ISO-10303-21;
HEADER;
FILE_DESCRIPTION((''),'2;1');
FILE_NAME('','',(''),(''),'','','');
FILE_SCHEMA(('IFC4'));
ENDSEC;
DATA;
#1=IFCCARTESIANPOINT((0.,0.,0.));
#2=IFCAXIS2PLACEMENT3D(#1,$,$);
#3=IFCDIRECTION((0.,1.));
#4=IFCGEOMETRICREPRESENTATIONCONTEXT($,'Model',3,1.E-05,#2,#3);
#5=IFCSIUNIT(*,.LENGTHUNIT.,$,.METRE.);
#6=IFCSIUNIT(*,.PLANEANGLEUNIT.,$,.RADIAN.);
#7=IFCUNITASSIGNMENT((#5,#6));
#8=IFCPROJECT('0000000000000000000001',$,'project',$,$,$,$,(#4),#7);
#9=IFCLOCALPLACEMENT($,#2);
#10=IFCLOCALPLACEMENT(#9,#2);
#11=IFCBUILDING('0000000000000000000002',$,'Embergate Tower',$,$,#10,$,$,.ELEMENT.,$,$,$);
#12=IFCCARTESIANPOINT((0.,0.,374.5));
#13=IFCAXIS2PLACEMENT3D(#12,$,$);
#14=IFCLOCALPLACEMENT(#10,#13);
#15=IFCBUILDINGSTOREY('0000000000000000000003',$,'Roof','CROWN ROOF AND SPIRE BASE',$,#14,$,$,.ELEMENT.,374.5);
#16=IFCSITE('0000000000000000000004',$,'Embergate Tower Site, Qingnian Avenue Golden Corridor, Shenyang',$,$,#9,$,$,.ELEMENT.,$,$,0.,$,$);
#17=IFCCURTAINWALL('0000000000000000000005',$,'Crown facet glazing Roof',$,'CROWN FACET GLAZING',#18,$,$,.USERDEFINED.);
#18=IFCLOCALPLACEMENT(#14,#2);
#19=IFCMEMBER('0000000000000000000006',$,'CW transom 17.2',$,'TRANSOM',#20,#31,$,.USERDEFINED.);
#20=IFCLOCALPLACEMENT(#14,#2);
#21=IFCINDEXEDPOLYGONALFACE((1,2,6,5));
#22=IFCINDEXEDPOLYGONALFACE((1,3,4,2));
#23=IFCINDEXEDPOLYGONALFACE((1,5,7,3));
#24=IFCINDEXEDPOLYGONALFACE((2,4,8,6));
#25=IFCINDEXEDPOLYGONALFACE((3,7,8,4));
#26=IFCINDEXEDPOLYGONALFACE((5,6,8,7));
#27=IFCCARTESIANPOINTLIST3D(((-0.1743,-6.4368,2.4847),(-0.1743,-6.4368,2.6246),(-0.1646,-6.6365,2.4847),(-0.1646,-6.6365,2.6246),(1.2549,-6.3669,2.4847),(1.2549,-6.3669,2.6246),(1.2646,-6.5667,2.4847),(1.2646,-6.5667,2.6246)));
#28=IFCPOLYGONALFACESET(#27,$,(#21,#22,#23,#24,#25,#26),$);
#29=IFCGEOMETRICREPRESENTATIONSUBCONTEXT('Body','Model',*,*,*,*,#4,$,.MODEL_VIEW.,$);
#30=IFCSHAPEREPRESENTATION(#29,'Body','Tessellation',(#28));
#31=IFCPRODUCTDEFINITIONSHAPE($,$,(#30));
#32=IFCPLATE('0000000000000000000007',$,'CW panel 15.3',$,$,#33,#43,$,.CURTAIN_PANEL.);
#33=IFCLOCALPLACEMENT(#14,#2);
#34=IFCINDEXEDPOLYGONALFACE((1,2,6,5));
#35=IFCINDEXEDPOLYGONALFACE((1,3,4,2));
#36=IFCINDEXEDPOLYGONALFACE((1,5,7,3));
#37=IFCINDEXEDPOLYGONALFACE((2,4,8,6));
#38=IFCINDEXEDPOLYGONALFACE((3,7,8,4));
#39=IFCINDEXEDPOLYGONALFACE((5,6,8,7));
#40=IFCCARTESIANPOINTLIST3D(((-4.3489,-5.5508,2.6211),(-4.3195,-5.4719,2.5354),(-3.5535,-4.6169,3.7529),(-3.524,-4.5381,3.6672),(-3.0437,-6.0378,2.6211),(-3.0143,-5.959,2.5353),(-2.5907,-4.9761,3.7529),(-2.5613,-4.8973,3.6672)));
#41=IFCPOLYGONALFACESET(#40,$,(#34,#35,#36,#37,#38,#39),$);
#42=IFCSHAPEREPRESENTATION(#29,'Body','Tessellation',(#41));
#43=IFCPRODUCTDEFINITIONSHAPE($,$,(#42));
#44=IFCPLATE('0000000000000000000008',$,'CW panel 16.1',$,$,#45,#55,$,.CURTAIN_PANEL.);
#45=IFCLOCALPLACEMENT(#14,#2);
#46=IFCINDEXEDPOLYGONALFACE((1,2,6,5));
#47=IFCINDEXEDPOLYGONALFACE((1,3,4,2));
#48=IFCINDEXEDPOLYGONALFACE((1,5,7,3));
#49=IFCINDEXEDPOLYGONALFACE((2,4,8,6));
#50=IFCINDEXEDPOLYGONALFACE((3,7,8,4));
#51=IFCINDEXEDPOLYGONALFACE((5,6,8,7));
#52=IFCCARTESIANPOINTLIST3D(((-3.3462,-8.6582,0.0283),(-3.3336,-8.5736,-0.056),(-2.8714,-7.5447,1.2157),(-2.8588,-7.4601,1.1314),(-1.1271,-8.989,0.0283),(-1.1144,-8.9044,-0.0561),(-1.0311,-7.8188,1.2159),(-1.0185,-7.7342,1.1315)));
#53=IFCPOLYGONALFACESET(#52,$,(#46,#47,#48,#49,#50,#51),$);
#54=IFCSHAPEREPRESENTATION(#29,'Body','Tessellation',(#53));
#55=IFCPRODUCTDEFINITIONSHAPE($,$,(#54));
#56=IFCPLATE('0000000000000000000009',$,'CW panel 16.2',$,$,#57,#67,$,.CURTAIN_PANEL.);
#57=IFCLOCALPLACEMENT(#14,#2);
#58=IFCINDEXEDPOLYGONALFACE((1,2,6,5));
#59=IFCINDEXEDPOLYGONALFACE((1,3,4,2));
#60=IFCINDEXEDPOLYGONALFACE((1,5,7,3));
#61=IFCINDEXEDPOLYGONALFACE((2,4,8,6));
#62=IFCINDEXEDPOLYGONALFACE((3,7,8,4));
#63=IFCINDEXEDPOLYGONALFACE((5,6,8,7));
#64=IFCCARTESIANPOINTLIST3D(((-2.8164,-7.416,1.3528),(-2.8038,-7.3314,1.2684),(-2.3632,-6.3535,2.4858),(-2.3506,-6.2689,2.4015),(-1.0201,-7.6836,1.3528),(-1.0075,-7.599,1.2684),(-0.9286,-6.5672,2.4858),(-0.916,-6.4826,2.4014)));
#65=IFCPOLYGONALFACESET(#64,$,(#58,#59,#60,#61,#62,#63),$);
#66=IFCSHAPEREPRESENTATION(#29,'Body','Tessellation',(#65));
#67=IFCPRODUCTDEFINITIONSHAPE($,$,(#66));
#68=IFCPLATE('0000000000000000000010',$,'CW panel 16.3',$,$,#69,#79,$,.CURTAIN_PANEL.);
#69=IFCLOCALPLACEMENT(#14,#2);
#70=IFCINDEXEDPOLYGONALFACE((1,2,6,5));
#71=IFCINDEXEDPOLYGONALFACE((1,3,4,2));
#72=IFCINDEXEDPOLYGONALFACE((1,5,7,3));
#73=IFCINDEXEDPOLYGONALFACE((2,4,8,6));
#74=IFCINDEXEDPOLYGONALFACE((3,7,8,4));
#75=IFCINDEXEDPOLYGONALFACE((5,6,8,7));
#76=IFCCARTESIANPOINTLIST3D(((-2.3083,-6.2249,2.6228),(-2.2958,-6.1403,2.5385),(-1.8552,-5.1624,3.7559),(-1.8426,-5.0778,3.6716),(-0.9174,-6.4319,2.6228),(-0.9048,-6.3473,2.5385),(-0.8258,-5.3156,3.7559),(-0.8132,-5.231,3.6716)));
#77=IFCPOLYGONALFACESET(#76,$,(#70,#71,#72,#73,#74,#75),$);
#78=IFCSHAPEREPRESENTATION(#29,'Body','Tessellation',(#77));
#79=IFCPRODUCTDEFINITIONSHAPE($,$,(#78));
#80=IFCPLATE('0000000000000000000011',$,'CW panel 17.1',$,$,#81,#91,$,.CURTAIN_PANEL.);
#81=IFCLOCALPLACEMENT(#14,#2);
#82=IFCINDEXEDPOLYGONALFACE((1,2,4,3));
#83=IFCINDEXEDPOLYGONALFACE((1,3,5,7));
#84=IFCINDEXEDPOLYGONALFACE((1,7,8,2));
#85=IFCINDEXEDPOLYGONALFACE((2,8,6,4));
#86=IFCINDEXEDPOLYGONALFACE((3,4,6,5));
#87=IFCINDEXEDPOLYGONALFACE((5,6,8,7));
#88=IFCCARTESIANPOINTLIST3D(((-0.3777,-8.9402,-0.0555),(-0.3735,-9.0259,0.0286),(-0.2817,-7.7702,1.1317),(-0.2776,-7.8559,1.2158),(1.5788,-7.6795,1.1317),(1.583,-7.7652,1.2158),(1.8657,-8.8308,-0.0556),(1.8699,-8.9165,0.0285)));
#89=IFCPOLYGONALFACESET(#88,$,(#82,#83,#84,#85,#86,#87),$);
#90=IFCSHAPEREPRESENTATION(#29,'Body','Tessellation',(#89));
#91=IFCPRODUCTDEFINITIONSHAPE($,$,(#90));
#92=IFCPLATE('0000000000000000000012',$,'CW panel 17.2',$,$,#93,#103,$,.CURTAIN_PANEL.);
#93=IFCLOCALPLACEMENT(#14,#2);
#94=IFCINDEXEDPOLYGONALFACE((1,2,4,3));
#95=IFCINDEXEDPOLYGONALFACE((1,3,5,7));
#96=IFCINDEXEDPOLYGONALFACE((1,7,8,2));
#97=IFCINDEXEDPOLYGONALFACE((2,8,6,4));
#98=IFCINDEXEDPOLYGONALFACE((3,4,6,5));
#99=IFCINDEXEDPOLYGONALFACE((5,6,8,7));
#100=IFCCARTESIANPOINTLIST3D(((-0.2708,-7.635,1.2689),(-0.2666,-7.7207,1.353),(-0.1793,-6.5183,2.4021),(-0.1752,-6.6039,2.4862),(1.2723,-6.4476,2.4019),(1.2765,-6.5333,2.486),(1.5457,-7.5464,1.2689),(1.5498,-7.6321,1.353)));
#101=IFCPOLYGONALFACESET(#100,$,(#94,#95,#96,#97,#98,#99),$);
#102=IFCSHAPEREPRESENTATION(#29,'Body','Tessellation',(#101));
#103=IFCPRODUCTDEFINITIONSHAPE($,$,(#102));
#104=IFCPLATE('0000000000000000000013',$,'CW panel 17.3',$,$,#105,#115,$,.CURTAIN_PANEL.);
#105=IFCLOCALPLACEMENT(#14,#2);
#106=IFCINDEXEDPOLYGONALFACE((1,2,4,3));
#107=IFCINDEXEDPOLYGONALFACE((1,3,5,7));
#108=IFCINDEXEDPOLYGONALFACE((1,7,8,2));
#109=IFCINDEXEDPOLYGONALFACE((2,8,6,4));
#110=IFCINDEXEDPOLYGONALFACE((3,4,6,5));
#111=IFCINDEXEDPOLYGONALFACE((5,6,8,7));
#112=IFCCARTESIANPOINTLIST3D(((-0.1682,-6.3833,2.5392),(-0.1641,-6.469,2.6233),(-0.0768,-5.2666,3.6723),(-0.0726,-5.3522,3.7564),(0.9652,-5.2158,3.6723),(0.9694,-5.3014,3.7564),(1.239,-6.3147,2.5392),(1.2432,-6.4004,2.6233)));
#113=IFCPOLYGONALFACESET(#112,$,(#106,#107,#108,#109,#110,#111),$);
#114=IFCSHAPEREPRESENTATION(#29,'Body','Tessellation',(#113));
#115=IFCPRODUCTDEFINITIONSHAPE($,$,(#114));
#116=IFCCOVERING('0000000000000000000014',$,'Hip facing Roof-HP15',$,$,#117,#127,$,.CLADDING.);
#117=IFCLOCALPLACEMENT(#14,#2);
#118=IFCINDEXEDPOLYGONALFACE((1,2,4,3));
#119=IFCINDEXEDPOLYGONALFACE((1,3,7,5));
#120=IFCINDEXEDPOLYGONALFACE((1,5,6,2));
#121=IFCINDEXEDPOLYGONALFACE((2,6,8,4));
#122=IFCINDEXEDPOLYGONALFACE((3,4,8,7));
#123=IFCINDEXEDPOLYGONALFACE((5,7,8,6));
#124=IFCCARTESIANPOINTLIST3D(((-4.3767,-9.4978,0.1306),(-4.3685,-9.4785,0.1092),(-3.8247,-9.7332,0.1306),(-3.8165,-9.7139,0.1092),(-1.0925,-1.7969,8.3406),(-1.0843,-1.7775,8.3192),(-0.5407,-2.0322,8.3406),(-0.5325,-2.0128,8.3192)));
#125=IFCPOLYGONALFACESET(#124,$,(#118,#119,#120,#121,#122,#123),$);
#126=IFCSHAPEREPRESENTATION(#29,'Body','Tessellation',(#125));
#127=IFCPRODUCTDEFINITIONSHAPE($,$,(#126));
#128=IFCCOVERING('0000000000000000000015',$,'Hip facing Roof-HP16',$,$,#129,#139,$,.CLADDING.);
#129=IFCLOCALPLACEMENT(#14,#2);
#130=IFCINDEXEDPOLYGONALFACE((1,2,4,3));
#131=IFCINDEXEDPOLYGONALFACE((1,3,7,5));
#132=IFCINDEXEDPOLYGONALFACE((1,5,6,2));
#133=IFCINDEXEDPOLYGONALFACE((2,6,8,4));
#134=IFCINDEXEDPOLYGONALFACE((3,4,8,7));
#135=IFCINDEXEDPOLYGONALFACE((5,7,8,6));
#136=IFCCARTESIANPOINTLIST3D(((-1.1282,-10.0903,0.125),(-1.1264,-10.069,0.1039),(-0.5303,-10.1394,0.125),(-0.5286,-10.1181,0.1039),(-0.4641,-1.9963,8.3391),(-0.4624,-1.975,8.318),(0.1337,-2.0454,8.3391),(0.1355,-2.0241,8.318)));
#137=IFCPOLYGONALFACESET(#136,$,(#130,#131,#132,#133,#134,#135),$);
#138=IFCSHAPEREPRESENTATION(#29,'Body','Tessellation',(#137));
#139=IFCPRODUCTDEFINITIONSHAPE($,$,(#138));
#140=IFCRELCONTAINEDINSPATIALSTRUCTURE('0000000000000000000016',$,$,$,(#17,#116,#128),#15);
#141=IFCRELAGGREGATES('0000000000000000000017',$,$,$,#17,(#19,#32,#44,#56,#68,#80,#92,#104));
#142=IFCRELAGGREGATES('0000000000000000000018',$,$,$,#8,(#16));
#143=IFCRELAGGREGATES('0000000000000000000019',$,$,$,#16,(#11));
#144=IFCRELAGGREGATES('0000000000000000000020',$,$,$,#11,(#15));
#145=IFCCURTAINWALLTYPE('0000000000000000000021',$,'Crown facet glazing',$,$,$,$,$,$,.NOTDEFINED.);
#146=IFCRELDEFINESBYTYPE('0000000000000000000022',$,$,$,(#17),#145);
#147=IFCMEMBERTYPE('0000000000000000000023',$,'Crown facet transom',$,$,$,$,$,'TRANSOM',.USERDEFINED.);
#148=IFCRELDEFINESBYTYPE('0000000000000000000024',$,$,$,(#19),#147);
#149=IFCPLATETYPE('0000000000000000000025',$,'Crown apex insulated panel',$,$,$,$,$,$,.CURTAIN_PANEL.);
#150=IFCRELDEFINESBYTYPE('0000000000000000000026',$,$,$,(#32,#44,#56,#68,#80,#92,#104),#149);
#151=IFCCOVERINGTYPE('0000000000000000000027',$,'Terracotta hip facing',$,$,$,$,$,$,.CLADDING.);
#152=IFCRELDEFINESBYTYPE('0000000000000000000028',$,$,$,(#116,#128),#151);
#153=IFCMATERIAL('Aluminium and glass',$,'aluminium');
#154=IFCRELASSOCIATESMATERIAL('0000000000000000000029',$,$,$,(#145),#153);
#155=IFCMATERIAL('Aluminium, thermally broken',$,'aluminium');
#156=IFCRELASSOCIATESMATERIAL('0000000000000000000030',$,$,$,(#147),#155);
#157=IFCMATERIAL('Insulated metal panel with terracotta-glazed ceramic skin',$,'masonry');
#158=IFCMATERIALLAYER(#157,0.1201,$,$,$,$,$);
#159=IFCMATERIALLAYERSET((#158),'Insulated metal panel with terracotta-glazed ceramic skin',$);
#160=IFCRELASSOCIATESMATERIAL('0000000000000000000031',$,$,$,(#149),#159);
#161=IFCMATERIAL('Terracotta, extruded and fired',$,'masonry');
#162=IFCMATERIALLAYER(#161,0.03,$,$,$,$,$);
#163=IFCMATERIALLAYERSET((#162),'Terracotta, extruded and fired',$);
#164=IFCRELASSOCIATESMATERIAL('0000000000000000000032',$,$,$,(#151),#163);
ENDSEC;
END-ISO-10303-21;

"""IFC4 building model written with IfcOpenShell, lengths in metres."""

from ifc_helpers import new_model, si_unit, direction, frame, origin, origin_2d, place, context, subcontext, project, spatial, polyline, rectangle, outline, extrude, source, transform, mapped, material, layer, layer_set, material_profile, profile_set, type_object, element, aggregate, save


model = new_model("IFC4")

# Units and contexts
model_context = context("Model", 3, precision=1e-05, world=origin(), true_north=direction((0.0, 1.0)))
body_context = subcontext(model_context, "Body", "Model", "MODEL_VIEW")
ifc_project = project(units=[si_unit("LENGTHUNIT", "METRE"), si_unit("PLANEANGLEUNIT", "RADIAN")], contexts=[model_context])

# Site, building, storey
site_placement = place(None, origin())
site = spatial("IfcSite", under=ifc_project, at=site_placement, Name="Embergate Tower Site, Qingnian Avenue Golden Corridor, Shenyang", CompositionType="ELEMENT", RefElevation=0.0)
building_placement = place(site_placement, origin())
building = spatial("IfcBuilding", under=site, at=building_placement, Name="Embergate Tower", CompositionType="ELEMENT")
storey_placement = place(building_placement, frame((0.0, 0.0, 374.5)))
storey = spatial("IfcBuildingStorey", under=building, at=storey_placement, Name="Roof", Description="CROWN ROOF AND SPIRE BASE", CompositionType="ELEMENT", Elevation=374.5)

# Curtain wall, member
ifc_material_1 = material(Name="Aluminium and glass", Category="aluminium")
curtain_wall_type = type_object("IfcCurtainWallType", Name="Crown facet glazing", PredefinedType="NOTDEFINED", material=ifc_material_1)
curtain_wall_placement = place(storey_placement, origin())
curtain_wall = element("IfcCurtainWall", 1, at=curtain_wall_placement, inside=storey, type_object=curtain_wall_type, Name="Crown facet glazing Roof", ObjectType="CROWN FACET GLAZING", PredefinedType="USERDEFINED")
ifc_material_2 = material(Name="Aluminium, thermally broken", Category="aluminium")
ifc_material_profile_1 = material_profile(ifc_material_2, rectangle(XDim=0.2, YDim=0.1399, at=origin_2d()), Name="AL 140x200")
ifc_profile_set_1 = profile_set([ifc_material_profile_1], Name="Aluminium, thermally broken")
member_type_1 = type_object("IfcMemberType", Name="Crown facet transom", ElementType="TRANSOM", PredefinedType="USERDEFINED", material=ifc_profile_set_1)
shared_shape_1 = source(origin(), body_context, "Body", "SweptSolid", [
    extrude(rectangle(XDim=0.2, YDim=0.1399, at=origin_2d()), origin(), (0.0, 0.0, 1.0), 1.4309),
])
member_1_placement = place(storey_placement, frame((-0.1694, -6.5366, 2.5547), z_axis=(0.998809, 0.048797, 0.0), x_axis=(-0.048797, 0.998809, 0.0)))
member_1 = element("IfcMember", 2, at=member_1_placement, type_object=member_type_1, Name="CW transom 17.2", ObjectType="TRANSOM", PredefinedType="USERDEFINED", context=body_context, shape_type="MappedRepresentation", body=[
    mapped(shared_shape_1, transform((0.0, 0.0, 0.0))),
])

# Plates
ifc_material_3 = material(Name="Insulated metal panel with terracotta-glazed ceramic skin", Category="masonry")
ifc_layer_1 = layer(ifc_material_3, 0.1201)
ifc_layer_set_1 = layer_set([ifc_layer_1], Name="Insulated metal panel with terracotta-glazed ceramic skin")
plate_type = type_object("IfcPlateType", Name="Crown apex insulated panel", PredefinedType="CURTAIN_PANEL", material=ifc_layer_set_1)
shared_shape_2 = source(origin(), body_context, "Body", "SweptSolid", [
    extrude(outline(polyline([(0.0, 0.0), (1.3931, 0.0), (1.4463, 1.6157), (0.4187, 1.6157), (0.0, 0.0)])), origin(), (0.0, 0.0, -1.0), 0.1201),
])
plate_1_placement = place(storey_placement, frame((-4.3489, -5.5508, 2.6211), z_axis=(-0.244891, -0.656315, 0.713638), x_axis=(0.936897, -0.349606, -0.00002)))
plate_1 = element("IfcPlate", 3, at=plate_1_placement, type_object=plate_type, Name="CW panel 15.3", PredefinedType="CURTAIN_PANEL", context=body_context, shape_type="MappedRepresentation", body=[
    mapped(shared_shape_2, transform((0.0, 0.0, 0.0))),
])
shared_shape_3 = source(origin(), body_context, "Body", "SweptSolid", [
    extrude(outline(polyline([(0.0, 0.0), (2.2437, 0.0), (2.166, 1.6682), (0.3054, 1.668), (0.0, 0.0)])), origin(), (0.0, 0.0, -1.0), 0.1201),
])
plate_2_placement = place(storey_placement, frame((-3.3462, -8.6582, 0.0283), z_axis=(-0.104933, -0.704128, 0.702277), x_axis=(0.989074, -0.147417, -0.000019)))
plate_2 = element("IfcPlate", 4, at=plate_2_placement, type_object=plate_type, Name="CW panel 16.1", PredefinedType="CURTAIN_PANEL", context=body_context, shape_type="MappedRepresentation", body=[
    mapped(shared_shape_3, transform((0.0, 0.0, 0.0))),
])
shared_shape_4 = source(origin(), body_context, "Body", "SweptSolid", [
    extrude(outline(polyline([(0.0, 0.0), (1.8162, 0.0), (1.7422, 1.5916), (0.2917, 1.5916), (0.0, 0.0)])), origin(), (0.0, 0.0, -1.0), 0.1201),
])
plate_3_placement = place(storey_placement, frame((-2.8164, -7.416, 1.3528), z_axis=(-0.104864, -0.704146, 0.702269), x_axis=(0.98909, -0.147313, -0.000015)))
plate_3 = element("IfcPlate", 5, at=plate_3_placement, type_object=plate_type, Name="CW panel 16.2", PredefinedType="CURTAIN_PANEL", context=body_context, shape_type="MappedRepresentation", body=[
    mapped(shared_shape_4, transform((0.0, 0.0, 0.0))),
])
shared_shape_5 = source(origin(), body_context, "Body", "SweptSolid", [
    extrude(outline(polyline([(0.0, 0.0), (1.4062, 0.0), (1.3325, 1.5916), (0.2917, 1.5916), (0.0, 0.0)])), origin(), (0.0, 0.0, -1.0), 0.1201),
])
plate_4_placement = place(storey_placement, frame((-2.3083, -6.2249, 2.6228), z_axis=(-0.10485, -0.704188, 0.702229), x_axis=(0.989099, -0.14725, 0.000022)))
plate_4 = element("IfcPlate", 6, at=plate_4_placement, type_object=plate_type, Name="CW panel 16.3", PredefinedType="CURTAIN_PANEL", context=body_context, shape_type="MappedRepresentation", body=[
    mapped(shared_shape_5, transform((0.0, 0.0, 0.0))),
])
shared_shape_6 = source(origin(), body_context, "Body", "SweptSolid", [
    extrude(outline(polyline([(0.0, 0.0), (2.2461, 0.0), (2.0156, 1.6626), (0.1528, 1.6626), (0.0, 0.0)])), origin(), (0.0, 0.0, -1.0), 0.1201),
])
plate_5_placement = place(storey_placement, frame((-0.3735, -9.0259, 0.0286), z_axis=(0.034792, -0.713243, 0.700053), x_axis=(0.998813, 0.04871, -0.000013)))
plate_5 = element("IfcPlate", 7, at=plate_5_placement, type_object=plate_type, Name="CW panel 17.1", PredefinedType="CURTAIN_PANEL", context=body_context, shape_type="MappedRepresentation", body=[
    mapped(shared_shape_6, transform((0.0, 0.0, 0.0))),
])
shared_shape_7 = source(origin(), body_context, "Body", "SweptSolid", [
    extrude(outline(polyline([(0.0, 0.0), (1.8186, 0.0), (1.5991, 1.5867), (0.1458, 1.5869), (0.0, 0.0)])), origin(), (0.0, 0.0, -1.0), 0.1201),
])
plate_6_placement = place(storey_placement, frame((-0.2666, -7.7207, 1.353), z_axis=(0.034794, -0.713205, 0.700092), x_axis=(0.998812, 0.04873, 0.000002)))
plate_6 = element("IfcPlate", 8, at=plate_6_placement, type_object=plate_type, Name="CW panel 17.2", PredefinedType="CURTAIN_PANEL", context=body_context, shape_type="MappedRepresentation", body=[
    mapped(shared_shape_7, transform((0.0, 0.0, 0.0))),
])
shared_shape_8 = source(origin(), body_context, "Body", "SweptSolid", [
    extrude(outline(polyline([(0.0, 0.0), (1.4089, 0.0), (1.189, 1.5869), (0.1458, 1.5869), (0.0, 0.0)])), origin(), (0.0, 0.0, -1.0), 0.1201),
])
plate_7_placement = place(storey_placement, frame((-0.1641, -6.469, 2.6233), z_axis=(0.034764, -0.713205, 0.700093), x_axis=(0.998814, 0.04869, 0.000003)))
plate_7 = element("IfcPlate", 9, at=plate_7_placement, type_object=plate_type, Name="CW panel 17.3", PredefinedType="CURTAIN_PANEL", context=body_context, shape_type="MappedRepresentation", body=[
    mapped(shared_shape_8, transform((0.0, 0.0, 0.0))),
])
aggregate(curtain_wall, [member_1, plate_1, plate_2, plate_3, plate_4, plate_5, plate_6, plate_7])

# Coverings
ifc_material_4 = material(Name="Terracotta, extruded and fired", Category="masonry")
ifc_layer_2 = layer(ifc_material_4, 0.03)
ifc_layer_set_2 = layer_set([ifc_layer_2], Name="Terracotta, extruded and fired")
covering_type = type_object("IfcCoveringType", Name="Terracotta hip facing", PredefinedType="CLADDING", material=ifc_layer_set_2)
shared_shape_9 = source(origin(), body_context, "Body", "SweptSolid", [
    extrude(outline(polyline([(0.0, 0.0), (11.7258, 0.0), (11.7258, -0.5999), (0.0, -0.6001), (0.0, 0.0)])), origin(), (0.0, 0.0, -1.0), 0.03),
])
covering_1_placement = place(storey_placement, frame((-4.3767, -9.4978, 0.1306), z_axis=(-0.274657, -0.644047, 0.71398), x_axis=(0.280082, 0.656751, 0.700166)))
element("IfcCovering", 10, at=covering_1_placement, inside=storey, type_object=covering_type, Name="Hip facing Roof-HP15", PredefinedType="CLADDING", context=body_context, shape_type="MappedRepresentation", body=[
    mapped(shared_shape_9, transform((0.0, 0.0, 0.0))),
])
shared_shape_10 = source(origin(), body_context, "Body", "SweptSolid", [
    extrude(outline(polyline([(0.0, 0.0), (11.551, 0.0), (11.551, -0.5999), (0.0, -0.5999), (0.0, 0.0)])), origin(), (0.0, 0.0, -1.0), 0.03),
])
covering_2_placement = place(storey_placement, frame((-1.1282, -10.0903, 0.125), z_axis=(-0.058169, -0.708735, 0.703073), x_axis=(0.05749, 0.700719, 0.711118)))
element("IfcCovering", 11, at=covering_2_placement, inside=storey, type_object=covering_type, Name="Hip facing Roof-HP16", PredefinedType="CLADDING", context=body_context, shape_type="MappedRepresentation", body=[
    mapped(shared_shape_10, transform((0.0, 0.0, 0.0))),
])

save(model, "model.ifc")
